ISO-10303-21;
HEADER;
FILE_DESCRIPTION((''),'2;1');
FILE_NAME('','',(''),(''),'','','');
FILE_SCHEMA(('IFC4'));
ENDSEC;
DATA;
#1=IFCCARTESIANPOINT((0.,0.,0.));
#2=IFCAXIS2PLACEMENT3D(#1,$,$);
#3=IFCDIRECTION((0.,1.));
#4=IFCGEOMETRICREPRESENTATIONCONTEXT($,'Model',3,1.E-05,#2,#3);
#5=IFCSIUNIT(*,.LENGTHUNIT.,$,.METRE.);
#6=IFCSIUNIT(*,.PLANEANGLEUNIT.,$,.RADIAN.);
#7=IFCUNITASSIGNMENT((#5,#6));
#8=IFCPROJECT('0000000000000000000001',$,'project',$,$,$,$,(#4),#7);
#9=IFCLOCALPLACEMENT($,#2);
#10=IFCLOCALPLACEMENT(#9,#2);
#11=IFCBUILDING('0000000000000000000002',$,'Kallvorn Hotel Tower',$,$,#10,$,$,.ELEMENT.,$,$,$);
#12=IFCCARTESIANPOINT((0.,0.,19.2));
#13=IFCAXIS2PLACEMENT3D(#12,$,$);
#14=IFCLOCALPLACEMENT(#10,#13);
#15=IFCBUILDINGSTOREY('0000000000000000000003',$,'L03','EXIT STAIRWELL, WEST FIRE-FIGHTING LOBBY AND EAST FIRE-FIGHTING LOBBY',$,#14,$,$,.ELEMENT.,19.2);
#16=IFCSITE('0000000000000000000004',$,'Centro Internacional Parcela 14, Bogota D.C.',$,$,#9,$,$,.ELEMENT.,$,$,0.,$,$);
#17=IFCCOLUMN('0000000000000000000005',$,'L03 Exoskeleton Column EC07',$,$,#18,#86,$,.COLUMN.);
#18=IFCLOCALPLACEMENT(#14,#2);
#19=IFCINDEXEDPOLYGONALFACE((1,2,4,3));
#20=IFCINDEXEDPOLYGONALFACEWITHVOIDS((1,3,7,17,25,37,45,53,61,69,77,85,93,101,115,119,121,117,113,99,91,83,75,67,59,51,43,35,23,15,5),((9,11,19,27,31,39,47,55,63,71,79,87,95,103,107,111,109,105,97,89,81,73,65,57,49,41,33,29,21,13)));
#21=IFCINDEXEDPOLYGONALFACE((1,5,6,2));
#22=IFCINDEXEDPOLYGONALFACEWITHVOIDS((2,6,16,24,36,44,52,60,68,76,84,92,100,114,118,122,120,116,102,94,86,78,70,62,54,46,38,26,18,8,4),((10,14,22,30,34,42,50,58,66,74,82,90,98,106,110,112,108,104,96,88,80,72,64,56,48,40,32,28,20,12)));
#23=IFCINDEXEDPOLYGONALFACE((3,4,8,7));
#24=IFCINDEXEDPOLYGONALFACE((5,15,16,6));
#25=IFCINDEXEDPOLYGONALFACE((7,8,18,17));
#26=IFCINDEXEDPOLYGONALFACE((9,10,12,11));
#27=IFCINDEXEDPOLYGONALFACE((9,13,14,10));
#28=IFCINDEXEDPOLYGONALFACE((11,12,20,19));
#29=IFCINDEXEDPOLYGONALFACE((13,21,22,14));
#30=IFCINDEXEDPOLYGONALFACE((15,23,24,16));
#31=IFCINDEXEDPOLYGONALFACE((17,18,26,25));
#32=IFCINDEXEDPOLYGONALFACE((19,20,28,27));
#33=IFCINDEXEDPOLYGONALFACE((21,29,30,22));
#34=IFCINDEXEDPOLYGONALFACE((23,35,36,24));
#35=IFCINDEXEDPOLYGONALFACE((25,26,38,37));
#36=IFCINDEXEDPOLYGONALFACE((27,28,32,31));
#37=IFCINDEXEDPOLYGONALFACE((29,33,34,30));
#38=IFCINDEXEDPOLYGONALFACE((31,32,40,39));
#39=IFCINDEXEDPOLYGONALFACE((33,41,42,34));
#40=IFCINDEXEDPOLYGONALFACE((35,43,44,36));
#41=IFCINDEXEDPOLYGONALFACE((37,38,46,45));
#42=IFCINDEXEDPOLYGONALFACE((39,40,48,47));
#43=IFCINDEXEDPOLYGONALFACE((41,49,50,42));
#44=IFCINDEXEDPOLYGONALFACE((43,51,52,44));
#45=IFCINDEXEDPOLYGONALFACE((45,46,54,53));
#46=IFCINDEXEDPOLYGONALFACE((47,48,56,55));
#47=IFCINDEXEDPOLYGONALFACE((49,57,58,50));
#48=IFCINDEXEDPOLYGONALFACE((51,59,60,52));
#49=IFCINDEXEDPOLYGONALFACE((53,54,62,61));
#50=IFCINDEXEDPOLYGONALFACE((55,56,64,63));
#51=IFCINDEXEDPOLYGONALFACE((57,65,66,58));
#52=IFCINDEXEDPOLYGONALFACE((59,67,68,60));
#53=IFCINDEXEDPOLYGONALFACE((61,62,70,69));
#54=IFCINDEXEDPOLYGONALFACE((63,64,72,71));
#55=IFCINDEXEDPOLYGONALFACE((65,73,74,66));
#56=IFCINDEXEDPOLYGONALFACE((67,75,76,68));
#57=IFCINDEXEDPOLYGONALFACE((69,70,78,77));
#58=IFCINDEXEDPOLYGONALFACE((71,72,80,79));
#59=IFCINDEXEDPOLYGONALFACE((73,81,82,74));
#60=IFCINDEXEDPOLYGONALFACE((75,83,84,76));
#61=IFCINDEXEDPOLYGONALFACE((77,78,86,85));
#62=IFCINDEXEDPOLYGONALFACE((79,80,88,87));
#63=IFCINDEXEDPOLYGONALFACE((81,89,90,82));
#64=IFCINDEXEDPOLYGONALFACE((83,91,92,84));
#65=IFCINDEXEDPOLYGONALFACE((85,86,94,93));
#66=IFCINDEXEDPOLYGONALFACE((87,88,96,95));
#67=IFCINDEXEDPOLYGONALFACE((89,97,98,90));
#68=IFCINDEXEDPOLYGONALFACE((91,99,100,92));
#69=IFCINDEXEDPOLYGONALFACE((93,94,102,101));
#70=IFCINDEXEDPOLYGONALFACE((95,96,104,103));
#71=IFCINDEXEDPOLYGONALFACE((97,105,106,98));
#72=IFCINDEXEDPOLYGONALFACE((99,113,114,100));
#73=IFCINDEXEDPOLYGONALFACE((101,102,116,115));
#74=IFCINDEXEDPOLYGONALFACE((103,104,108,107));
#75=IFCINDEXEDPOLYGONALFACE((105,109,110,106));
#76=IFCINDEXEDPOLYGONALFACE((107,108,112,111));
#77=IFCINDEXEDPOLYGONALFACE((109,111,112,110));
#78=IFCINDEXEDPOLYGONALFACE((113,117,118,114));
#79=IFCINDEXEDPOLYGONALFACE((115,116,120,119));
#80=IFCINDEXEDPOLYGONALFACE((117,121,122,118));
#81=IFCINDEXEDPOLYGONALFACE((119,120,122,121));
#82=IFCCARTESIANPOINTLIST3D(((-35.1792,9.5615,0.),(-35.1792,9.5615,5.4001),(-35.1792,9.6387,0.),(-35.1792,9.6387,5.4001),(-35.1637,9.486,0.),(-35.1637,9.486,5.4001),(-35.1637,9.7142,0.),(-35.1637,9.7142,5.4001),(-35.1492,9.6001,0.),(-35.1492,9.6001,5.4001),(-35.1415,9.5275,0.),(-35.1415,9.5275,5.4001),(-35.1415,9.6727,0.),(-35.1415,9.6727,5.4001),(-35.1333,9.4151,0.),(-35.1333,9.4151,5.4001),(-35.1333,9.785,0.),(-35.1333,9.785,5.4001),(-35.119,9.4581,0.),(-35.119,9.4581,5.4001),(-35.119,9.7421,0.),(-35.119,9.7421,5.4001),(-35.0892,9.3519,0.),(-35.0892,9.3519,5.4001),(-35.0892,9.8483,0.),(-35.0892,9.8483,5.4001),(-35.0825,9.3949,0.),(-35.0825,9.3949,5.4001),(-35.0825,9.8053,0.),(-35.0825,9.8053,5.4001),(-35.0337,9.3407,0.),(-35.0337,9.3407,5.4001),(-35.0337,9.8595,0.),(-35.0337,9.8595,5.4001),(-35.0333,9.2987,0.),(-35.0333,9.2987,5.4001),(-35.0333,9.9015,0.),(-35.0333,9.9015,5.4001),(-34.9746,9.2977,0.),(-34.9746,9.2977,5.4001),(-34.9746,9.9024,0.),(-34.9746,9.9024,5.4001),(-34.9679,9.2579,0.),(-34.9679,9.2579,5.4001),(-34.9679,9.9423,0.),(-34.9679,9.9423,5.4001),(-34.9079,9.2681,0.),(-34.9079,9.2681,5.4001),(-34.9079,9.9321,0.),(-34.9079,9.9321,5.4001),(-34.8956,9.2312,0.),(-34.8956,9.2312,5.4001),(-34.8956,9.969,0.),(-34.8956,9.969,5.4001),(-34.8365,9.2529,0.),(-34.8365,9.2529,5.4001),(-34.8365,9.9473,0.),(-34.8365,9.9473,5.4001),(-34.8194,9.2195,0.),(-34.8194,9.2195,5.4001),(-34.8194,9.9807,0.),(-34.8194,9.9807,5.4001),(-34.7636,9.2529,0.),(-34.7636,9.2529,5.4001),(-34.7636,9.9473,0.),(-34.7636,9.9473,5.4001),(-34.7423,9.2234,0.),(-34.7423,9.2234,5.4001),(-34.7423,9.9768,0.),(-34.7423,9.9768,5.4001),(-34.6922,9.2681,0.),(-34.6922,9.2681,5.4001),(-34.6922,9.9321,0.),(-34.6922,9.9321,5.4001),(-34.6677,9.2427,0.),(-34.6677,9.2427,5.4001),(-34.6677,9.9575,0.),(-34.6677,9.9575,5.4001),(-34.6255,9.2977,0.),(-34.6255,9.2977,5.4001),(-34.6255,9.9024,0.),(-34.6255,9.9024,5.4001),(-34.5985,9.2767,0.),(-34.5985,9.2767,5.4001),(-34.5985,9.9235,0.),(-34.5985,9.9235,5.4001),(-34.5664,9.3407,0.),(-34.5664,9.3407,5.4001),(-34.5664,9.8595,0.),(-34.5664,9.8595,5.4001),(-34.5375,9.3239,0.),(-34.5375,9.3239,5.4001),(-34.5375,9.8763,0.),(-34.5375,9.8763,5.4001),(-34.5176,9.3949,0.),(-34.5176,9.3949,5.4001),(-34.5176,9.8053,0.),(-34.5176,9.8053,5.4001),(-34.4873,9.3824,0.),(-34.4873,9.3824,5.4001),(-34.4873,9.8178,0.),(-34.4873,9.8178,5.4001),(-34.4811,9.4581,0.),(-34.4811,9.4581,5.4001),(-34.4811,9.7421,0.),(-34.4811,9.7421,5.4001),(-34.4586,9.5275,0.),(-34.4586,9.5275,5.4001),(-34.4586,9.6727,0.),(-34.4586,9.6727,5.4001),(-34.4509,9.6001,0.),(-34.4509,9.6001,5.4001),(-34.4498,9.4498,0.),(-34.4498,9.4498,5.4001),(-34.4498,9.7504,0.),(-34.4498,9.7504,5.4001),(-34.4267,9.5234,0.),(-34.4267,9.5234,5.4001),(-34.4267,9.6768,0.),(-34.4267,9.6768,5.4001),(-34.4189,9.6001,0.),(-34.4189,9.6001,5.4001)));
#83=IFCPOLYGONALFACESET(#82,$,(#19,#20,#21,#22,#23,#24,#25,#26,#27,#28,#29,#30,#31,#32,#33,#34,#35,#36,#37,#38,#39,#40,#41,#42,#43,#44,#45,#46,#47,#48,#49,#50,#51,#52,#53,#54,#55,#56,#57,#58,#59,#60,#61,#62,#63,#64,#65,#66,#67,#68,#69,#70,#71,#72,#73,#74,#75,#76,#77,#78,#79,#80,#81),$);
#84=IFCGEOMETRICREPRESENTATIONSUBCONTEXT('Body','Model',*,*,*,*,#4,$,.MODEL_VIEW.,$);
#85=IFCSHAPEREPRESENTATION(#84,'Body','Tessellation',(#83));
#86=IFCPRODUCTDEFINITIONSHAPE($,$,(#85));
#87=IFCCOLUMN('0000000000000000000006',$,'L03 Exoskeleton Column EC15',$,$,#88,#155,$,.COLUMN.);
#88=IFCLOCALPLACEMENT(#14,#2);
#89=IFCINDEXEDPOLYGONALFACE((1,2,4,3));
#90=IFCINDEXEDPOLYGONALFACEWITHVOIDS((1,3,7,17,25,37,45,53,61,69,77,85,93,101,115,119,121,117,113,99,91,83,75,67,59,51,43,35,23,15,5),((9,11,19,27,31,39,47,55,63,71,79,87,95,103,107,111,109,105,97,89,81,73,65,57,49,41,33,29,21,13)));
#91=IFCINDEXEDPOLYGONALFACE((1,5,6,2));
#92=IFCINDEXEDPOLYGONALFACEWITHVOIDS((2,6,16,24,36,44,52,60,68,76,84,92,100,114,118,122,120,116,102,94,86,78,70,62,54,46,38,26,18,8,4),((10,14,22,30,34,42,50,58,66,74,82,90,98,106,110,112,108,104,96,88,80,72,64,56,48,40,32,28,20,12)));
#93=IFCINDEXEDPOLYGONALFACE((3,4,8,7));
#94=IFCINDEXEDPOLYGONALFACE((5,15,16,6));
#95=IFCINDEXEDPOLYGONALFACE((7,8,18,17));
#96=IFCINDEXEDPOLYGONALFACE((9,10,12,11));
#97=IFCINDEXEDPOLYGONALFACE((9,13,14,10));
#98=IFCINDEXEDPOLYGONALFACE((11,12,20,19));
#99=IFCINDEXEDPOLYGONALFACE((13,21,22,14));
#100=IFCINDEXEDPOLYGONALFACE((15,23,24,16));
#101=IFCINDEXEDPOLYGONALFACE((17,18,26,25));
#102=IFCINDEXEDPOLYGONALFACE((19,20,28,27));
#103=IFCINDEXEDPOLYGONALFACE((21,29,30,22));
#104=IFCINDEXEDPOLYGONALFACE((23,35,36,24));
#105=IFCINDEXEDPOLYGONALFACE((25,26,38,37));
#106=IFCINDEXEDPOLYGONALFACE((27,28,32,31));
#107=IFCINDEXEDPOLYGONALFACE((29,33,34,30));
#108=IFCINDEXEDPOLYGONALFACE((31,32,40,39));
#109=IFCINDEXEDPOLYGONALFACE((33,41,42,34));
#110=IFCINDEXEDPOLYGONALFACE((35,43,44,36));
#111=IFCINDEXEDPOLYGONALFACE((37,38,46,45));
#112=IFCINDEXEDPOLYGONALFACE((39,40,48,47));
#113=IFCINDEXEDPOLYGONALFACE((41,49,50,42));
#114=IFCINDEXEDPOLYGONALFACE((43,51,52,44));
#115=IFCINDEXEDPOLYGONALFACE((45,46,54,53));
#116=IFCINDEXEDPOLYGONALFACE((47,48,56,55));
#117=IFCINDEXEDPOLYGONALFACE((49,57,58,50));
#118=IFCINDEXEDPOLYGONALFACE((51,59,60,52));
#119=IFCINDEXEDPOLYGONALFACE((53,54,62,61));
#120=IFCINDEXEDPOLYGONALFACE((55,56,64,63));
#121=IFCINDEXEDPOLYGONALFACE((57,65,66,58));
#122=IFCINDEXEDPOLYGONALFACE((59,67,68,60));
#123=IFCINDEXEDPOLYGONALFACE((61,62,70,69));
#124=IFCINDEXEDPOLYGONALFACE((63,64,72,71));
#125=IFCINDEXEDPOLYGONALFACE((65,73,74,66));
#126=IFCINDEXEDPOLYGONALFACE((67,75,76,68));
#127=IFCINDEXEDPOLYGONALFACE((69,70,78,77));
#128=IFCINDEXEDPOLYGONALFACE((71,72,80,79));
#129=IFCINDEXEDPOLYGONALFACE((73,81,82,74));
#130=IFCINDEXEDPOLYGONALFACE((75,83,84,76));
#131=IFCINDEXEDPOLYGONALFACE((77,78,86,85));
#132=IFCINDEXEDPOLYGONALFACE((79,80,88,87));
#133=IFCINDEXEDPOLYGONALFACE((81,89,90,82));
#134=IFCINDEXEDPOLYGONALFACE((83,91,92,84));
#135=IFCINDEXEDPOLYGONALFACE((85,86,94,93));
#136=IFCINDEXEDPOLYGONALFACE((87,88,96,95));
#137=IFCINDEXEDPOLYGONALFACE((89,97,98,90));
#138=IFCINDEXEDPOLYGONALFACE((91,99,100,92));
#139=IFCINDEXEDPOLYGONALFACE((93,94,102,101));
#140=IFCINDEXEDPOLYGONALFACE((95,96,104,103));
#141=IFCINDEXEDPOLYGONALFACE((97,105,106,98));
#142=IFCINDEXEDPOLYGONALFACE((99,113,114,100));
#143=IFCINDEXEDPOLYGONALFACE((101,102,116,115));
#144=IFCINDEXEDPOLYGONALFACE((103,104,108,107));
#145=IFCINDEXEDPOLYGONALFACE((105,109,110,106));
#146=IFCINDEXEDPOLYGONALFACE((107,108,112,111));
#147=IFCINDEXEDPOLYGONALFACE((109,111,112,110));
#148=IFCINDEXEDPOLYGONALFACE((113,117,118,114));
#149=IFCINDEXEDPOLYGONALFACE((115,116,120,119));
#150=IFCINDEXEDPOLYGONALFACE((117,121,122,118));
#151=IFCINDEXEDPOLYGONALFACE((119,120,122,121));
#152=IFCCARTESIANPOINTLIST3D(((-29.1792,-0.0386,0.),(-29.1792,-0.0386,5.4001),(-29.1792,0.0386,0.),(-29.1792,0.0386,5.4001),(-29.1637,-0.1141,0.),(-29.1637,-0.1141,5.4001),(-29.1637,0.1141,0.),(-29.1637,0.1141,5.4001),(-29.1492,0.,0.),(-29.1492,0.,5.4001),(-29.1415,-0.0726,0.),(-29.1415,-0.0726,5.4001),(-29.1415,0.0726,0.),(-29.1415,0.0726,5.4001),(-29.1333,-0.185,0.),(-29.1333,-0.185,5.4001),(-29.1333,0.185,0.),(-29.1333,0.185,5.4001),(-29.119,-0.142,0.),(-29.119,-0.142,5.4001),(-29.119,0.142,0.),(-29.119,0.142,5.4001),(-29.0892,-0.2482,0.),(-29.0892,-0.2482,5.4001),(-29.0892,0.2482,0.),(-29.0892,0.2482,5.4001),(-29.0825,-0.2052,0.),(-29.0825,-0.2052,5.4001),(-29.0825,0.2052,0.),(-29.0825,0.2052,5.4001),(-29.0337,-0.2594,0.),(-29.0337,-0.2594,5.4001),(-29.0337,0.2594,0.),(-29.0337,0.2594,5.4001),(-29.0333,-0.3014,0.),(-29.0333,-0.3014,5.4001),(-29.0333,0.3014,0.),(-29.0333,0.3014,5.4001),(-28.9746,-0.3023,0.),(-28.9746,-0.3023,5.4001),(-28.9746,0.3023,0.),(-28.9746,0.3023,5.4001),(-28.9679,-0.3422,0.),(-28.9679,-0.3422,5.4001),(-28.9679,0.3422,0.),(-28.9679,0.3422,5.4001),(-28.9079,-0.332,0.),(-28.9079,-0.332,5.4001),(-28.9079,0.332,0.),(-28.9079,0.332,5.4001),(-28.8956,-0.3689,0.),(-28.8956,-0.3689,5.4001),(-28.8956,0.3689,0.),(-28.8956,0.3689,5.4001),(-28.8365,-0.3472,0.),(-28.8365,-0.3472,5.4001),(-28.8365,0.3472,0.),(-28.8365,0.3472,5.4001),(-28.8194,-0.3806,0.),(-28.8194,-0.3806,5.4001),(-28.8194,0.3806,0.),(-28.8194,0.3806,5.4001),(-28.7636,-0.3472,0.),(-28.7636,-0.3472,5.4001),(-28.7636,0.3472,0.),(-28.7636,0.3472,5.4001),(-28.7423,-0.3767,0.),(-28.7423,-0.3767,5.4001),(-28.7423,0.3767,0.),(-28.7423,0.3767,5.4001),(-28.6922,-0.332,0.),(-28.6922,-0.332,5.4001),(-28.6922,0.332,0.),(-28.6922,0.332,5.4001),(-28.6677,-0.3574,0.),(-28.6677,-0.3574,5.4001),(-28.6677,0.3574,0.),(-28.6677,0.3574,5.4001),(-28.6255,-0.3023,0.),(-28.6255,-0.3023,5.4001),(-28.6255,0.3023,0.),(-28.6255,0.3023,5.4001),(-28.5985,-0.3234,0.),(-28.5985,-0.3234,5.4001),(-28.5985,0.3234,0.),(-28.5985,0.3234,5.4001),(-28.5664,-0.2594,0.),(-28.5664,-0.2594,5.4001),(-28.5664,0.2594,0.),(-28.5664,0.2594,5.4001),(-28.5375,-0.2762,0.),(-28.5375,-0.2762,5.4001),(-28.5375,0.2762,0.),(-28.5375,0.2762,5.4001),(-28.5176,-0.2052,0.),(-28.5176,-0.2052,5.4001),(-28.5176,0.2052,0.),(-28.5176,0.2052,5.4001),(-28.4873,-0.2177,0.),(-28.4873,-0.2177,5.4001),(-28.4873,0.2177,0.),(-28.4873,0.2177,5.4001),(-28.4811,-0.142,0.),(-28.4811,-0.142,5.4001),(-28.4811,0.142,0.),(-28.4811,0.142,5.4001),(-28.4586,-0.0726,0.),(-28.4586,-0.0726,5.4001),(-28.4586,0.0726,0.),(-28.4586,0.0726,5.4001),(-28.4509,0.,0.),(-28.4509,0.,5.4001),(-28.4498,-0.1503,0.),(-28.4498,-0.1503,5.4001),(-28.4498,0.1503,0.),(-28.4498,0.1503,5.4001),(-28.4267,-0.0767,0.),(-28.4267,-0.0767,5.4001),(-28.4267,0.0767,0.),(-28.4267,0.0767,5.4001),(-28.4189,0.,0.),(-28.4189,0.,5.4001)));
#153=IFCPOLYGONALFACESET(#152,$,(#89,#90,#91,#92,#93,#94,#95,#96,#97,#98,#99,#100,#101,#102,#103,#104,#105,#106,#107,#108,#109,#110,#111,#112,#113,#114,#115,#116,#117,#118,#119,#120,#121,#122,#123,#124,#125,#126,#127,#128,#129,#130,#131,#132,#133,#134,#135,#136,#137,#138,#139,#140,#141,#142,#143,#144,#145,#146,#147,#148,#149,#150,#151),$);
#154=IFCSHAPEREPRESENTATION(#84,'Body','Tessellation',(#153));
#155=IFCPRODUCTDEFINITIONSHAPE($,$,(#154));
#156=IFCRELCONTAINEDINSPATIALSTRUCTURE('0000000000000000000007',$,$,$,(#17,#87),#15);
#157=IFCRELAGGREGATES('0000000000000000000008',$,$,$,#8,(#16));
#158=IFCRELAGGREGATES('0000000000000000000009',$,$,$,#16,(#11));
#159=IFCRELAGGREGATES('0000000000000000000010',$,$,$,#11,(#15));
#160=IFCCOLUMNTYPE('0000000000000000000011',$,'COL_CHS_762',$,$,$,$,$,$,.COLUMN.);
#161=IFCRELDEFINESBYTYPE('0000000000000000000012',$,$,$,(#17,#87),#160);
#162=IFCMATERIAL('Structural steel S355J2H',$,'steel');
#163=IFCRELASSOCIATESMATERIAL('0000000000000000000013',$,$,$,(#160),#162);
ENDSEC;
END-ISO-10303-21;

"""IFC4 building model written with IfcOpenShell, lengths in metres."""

from ifc_helpers import new_model, si_unit, direction, frame, origin, origin_2d, place, context, subcontext, project, spatial, hollow_circle, extrude, material, material_profile, profile_set, type_object, element, save


model = new_model("IFC4")

# Units and contexts
model_context = context("Model", 3, precision=1e-05, world=origin(), true_north=direction((0.0, 1.0)))
body_context = subcontext(model_context, "Body", "Model", "MODEL_VIEW")
ifc_project = project(units=[si_unit("LENGTHUNIT", "METRE"), si_unit("PLANEANGLEUNIT", "RADIAN")], contexts=[model_context])

# Site, building, storey
site_placement = place(None, origin())
site = spatial("IfcSite", under=ifc_project, at=site_placement, Name="Centro Internacional Parcela 14, Bogota D.C.", CompositionType="ELEMENT", RefElevation=0.0)
building_placement = place(site_placement, origin())
building = spatial("IfcBuilding", under=site, at=building_placement, Name="Kallvorn Hotel Tower", CompositionType="ELEMENT")
storey_placement = place(building_placement, frame((0.0, 0.0, 19.2)))
storey = spatial("IfcBuildingStorey", under=building, at=storey_placement, Name="L03", Description="EXIT STAIRWELL, WEST FIRE-FIGHTING LOBBY AND EAST FIRE-FIGHTING LOBBY", CompositionType="ELEMENT", Elevation=19.2)

# Columns
ifc_material_1 = material(Name="Structural steel S355J2H", Category="steel")
ifc_material_profile_1 = material_profile(ifc_material_1, hollow_circle(Radius=0.3811, WallThickness=0.032, at=origin_2d()), Name="CHS 762x32")
ifc_profile_set_1 = profile_set([ifc_material_profile_1], Name="Structural steel S355J2H")
column_type = type_object("IfcColumnType", Name="COL_CHS_762", PredefinedType="COLUMN", material=ifc_profile_set_1)
for number, where, z_axis, x_axis, name in (
    (1, (-34.8, 9.6001, 0.0), (0.0, 0.0, 1.0), (1.0, 0.0, 0.0), "L03 Exoskeleton Column EC07"),
    (2, (-28.8, 0.0, 0.0), (0.0, 0.0, 1.0), (1.0, 0.0, 0.0), "L03 Exoskeleton Column EC15"),
):
    element("IfcColumn", number, at=place(storey_placement, frame(where, z_axis=z_axis, x_axis=x_axis)), inside=storey, type_object=column_type, Name=name, PredefinedType="COLUMN", context=body_context, shape_type="SweptSolid", body=[
        extrude(hollow_circle(Radius=0.3811, WallThickness=0.032, at=origin_2d()), origin(), (0.0, 0.0, 1.0), 5.4001),
    ])

save(model, "model.ifc")
